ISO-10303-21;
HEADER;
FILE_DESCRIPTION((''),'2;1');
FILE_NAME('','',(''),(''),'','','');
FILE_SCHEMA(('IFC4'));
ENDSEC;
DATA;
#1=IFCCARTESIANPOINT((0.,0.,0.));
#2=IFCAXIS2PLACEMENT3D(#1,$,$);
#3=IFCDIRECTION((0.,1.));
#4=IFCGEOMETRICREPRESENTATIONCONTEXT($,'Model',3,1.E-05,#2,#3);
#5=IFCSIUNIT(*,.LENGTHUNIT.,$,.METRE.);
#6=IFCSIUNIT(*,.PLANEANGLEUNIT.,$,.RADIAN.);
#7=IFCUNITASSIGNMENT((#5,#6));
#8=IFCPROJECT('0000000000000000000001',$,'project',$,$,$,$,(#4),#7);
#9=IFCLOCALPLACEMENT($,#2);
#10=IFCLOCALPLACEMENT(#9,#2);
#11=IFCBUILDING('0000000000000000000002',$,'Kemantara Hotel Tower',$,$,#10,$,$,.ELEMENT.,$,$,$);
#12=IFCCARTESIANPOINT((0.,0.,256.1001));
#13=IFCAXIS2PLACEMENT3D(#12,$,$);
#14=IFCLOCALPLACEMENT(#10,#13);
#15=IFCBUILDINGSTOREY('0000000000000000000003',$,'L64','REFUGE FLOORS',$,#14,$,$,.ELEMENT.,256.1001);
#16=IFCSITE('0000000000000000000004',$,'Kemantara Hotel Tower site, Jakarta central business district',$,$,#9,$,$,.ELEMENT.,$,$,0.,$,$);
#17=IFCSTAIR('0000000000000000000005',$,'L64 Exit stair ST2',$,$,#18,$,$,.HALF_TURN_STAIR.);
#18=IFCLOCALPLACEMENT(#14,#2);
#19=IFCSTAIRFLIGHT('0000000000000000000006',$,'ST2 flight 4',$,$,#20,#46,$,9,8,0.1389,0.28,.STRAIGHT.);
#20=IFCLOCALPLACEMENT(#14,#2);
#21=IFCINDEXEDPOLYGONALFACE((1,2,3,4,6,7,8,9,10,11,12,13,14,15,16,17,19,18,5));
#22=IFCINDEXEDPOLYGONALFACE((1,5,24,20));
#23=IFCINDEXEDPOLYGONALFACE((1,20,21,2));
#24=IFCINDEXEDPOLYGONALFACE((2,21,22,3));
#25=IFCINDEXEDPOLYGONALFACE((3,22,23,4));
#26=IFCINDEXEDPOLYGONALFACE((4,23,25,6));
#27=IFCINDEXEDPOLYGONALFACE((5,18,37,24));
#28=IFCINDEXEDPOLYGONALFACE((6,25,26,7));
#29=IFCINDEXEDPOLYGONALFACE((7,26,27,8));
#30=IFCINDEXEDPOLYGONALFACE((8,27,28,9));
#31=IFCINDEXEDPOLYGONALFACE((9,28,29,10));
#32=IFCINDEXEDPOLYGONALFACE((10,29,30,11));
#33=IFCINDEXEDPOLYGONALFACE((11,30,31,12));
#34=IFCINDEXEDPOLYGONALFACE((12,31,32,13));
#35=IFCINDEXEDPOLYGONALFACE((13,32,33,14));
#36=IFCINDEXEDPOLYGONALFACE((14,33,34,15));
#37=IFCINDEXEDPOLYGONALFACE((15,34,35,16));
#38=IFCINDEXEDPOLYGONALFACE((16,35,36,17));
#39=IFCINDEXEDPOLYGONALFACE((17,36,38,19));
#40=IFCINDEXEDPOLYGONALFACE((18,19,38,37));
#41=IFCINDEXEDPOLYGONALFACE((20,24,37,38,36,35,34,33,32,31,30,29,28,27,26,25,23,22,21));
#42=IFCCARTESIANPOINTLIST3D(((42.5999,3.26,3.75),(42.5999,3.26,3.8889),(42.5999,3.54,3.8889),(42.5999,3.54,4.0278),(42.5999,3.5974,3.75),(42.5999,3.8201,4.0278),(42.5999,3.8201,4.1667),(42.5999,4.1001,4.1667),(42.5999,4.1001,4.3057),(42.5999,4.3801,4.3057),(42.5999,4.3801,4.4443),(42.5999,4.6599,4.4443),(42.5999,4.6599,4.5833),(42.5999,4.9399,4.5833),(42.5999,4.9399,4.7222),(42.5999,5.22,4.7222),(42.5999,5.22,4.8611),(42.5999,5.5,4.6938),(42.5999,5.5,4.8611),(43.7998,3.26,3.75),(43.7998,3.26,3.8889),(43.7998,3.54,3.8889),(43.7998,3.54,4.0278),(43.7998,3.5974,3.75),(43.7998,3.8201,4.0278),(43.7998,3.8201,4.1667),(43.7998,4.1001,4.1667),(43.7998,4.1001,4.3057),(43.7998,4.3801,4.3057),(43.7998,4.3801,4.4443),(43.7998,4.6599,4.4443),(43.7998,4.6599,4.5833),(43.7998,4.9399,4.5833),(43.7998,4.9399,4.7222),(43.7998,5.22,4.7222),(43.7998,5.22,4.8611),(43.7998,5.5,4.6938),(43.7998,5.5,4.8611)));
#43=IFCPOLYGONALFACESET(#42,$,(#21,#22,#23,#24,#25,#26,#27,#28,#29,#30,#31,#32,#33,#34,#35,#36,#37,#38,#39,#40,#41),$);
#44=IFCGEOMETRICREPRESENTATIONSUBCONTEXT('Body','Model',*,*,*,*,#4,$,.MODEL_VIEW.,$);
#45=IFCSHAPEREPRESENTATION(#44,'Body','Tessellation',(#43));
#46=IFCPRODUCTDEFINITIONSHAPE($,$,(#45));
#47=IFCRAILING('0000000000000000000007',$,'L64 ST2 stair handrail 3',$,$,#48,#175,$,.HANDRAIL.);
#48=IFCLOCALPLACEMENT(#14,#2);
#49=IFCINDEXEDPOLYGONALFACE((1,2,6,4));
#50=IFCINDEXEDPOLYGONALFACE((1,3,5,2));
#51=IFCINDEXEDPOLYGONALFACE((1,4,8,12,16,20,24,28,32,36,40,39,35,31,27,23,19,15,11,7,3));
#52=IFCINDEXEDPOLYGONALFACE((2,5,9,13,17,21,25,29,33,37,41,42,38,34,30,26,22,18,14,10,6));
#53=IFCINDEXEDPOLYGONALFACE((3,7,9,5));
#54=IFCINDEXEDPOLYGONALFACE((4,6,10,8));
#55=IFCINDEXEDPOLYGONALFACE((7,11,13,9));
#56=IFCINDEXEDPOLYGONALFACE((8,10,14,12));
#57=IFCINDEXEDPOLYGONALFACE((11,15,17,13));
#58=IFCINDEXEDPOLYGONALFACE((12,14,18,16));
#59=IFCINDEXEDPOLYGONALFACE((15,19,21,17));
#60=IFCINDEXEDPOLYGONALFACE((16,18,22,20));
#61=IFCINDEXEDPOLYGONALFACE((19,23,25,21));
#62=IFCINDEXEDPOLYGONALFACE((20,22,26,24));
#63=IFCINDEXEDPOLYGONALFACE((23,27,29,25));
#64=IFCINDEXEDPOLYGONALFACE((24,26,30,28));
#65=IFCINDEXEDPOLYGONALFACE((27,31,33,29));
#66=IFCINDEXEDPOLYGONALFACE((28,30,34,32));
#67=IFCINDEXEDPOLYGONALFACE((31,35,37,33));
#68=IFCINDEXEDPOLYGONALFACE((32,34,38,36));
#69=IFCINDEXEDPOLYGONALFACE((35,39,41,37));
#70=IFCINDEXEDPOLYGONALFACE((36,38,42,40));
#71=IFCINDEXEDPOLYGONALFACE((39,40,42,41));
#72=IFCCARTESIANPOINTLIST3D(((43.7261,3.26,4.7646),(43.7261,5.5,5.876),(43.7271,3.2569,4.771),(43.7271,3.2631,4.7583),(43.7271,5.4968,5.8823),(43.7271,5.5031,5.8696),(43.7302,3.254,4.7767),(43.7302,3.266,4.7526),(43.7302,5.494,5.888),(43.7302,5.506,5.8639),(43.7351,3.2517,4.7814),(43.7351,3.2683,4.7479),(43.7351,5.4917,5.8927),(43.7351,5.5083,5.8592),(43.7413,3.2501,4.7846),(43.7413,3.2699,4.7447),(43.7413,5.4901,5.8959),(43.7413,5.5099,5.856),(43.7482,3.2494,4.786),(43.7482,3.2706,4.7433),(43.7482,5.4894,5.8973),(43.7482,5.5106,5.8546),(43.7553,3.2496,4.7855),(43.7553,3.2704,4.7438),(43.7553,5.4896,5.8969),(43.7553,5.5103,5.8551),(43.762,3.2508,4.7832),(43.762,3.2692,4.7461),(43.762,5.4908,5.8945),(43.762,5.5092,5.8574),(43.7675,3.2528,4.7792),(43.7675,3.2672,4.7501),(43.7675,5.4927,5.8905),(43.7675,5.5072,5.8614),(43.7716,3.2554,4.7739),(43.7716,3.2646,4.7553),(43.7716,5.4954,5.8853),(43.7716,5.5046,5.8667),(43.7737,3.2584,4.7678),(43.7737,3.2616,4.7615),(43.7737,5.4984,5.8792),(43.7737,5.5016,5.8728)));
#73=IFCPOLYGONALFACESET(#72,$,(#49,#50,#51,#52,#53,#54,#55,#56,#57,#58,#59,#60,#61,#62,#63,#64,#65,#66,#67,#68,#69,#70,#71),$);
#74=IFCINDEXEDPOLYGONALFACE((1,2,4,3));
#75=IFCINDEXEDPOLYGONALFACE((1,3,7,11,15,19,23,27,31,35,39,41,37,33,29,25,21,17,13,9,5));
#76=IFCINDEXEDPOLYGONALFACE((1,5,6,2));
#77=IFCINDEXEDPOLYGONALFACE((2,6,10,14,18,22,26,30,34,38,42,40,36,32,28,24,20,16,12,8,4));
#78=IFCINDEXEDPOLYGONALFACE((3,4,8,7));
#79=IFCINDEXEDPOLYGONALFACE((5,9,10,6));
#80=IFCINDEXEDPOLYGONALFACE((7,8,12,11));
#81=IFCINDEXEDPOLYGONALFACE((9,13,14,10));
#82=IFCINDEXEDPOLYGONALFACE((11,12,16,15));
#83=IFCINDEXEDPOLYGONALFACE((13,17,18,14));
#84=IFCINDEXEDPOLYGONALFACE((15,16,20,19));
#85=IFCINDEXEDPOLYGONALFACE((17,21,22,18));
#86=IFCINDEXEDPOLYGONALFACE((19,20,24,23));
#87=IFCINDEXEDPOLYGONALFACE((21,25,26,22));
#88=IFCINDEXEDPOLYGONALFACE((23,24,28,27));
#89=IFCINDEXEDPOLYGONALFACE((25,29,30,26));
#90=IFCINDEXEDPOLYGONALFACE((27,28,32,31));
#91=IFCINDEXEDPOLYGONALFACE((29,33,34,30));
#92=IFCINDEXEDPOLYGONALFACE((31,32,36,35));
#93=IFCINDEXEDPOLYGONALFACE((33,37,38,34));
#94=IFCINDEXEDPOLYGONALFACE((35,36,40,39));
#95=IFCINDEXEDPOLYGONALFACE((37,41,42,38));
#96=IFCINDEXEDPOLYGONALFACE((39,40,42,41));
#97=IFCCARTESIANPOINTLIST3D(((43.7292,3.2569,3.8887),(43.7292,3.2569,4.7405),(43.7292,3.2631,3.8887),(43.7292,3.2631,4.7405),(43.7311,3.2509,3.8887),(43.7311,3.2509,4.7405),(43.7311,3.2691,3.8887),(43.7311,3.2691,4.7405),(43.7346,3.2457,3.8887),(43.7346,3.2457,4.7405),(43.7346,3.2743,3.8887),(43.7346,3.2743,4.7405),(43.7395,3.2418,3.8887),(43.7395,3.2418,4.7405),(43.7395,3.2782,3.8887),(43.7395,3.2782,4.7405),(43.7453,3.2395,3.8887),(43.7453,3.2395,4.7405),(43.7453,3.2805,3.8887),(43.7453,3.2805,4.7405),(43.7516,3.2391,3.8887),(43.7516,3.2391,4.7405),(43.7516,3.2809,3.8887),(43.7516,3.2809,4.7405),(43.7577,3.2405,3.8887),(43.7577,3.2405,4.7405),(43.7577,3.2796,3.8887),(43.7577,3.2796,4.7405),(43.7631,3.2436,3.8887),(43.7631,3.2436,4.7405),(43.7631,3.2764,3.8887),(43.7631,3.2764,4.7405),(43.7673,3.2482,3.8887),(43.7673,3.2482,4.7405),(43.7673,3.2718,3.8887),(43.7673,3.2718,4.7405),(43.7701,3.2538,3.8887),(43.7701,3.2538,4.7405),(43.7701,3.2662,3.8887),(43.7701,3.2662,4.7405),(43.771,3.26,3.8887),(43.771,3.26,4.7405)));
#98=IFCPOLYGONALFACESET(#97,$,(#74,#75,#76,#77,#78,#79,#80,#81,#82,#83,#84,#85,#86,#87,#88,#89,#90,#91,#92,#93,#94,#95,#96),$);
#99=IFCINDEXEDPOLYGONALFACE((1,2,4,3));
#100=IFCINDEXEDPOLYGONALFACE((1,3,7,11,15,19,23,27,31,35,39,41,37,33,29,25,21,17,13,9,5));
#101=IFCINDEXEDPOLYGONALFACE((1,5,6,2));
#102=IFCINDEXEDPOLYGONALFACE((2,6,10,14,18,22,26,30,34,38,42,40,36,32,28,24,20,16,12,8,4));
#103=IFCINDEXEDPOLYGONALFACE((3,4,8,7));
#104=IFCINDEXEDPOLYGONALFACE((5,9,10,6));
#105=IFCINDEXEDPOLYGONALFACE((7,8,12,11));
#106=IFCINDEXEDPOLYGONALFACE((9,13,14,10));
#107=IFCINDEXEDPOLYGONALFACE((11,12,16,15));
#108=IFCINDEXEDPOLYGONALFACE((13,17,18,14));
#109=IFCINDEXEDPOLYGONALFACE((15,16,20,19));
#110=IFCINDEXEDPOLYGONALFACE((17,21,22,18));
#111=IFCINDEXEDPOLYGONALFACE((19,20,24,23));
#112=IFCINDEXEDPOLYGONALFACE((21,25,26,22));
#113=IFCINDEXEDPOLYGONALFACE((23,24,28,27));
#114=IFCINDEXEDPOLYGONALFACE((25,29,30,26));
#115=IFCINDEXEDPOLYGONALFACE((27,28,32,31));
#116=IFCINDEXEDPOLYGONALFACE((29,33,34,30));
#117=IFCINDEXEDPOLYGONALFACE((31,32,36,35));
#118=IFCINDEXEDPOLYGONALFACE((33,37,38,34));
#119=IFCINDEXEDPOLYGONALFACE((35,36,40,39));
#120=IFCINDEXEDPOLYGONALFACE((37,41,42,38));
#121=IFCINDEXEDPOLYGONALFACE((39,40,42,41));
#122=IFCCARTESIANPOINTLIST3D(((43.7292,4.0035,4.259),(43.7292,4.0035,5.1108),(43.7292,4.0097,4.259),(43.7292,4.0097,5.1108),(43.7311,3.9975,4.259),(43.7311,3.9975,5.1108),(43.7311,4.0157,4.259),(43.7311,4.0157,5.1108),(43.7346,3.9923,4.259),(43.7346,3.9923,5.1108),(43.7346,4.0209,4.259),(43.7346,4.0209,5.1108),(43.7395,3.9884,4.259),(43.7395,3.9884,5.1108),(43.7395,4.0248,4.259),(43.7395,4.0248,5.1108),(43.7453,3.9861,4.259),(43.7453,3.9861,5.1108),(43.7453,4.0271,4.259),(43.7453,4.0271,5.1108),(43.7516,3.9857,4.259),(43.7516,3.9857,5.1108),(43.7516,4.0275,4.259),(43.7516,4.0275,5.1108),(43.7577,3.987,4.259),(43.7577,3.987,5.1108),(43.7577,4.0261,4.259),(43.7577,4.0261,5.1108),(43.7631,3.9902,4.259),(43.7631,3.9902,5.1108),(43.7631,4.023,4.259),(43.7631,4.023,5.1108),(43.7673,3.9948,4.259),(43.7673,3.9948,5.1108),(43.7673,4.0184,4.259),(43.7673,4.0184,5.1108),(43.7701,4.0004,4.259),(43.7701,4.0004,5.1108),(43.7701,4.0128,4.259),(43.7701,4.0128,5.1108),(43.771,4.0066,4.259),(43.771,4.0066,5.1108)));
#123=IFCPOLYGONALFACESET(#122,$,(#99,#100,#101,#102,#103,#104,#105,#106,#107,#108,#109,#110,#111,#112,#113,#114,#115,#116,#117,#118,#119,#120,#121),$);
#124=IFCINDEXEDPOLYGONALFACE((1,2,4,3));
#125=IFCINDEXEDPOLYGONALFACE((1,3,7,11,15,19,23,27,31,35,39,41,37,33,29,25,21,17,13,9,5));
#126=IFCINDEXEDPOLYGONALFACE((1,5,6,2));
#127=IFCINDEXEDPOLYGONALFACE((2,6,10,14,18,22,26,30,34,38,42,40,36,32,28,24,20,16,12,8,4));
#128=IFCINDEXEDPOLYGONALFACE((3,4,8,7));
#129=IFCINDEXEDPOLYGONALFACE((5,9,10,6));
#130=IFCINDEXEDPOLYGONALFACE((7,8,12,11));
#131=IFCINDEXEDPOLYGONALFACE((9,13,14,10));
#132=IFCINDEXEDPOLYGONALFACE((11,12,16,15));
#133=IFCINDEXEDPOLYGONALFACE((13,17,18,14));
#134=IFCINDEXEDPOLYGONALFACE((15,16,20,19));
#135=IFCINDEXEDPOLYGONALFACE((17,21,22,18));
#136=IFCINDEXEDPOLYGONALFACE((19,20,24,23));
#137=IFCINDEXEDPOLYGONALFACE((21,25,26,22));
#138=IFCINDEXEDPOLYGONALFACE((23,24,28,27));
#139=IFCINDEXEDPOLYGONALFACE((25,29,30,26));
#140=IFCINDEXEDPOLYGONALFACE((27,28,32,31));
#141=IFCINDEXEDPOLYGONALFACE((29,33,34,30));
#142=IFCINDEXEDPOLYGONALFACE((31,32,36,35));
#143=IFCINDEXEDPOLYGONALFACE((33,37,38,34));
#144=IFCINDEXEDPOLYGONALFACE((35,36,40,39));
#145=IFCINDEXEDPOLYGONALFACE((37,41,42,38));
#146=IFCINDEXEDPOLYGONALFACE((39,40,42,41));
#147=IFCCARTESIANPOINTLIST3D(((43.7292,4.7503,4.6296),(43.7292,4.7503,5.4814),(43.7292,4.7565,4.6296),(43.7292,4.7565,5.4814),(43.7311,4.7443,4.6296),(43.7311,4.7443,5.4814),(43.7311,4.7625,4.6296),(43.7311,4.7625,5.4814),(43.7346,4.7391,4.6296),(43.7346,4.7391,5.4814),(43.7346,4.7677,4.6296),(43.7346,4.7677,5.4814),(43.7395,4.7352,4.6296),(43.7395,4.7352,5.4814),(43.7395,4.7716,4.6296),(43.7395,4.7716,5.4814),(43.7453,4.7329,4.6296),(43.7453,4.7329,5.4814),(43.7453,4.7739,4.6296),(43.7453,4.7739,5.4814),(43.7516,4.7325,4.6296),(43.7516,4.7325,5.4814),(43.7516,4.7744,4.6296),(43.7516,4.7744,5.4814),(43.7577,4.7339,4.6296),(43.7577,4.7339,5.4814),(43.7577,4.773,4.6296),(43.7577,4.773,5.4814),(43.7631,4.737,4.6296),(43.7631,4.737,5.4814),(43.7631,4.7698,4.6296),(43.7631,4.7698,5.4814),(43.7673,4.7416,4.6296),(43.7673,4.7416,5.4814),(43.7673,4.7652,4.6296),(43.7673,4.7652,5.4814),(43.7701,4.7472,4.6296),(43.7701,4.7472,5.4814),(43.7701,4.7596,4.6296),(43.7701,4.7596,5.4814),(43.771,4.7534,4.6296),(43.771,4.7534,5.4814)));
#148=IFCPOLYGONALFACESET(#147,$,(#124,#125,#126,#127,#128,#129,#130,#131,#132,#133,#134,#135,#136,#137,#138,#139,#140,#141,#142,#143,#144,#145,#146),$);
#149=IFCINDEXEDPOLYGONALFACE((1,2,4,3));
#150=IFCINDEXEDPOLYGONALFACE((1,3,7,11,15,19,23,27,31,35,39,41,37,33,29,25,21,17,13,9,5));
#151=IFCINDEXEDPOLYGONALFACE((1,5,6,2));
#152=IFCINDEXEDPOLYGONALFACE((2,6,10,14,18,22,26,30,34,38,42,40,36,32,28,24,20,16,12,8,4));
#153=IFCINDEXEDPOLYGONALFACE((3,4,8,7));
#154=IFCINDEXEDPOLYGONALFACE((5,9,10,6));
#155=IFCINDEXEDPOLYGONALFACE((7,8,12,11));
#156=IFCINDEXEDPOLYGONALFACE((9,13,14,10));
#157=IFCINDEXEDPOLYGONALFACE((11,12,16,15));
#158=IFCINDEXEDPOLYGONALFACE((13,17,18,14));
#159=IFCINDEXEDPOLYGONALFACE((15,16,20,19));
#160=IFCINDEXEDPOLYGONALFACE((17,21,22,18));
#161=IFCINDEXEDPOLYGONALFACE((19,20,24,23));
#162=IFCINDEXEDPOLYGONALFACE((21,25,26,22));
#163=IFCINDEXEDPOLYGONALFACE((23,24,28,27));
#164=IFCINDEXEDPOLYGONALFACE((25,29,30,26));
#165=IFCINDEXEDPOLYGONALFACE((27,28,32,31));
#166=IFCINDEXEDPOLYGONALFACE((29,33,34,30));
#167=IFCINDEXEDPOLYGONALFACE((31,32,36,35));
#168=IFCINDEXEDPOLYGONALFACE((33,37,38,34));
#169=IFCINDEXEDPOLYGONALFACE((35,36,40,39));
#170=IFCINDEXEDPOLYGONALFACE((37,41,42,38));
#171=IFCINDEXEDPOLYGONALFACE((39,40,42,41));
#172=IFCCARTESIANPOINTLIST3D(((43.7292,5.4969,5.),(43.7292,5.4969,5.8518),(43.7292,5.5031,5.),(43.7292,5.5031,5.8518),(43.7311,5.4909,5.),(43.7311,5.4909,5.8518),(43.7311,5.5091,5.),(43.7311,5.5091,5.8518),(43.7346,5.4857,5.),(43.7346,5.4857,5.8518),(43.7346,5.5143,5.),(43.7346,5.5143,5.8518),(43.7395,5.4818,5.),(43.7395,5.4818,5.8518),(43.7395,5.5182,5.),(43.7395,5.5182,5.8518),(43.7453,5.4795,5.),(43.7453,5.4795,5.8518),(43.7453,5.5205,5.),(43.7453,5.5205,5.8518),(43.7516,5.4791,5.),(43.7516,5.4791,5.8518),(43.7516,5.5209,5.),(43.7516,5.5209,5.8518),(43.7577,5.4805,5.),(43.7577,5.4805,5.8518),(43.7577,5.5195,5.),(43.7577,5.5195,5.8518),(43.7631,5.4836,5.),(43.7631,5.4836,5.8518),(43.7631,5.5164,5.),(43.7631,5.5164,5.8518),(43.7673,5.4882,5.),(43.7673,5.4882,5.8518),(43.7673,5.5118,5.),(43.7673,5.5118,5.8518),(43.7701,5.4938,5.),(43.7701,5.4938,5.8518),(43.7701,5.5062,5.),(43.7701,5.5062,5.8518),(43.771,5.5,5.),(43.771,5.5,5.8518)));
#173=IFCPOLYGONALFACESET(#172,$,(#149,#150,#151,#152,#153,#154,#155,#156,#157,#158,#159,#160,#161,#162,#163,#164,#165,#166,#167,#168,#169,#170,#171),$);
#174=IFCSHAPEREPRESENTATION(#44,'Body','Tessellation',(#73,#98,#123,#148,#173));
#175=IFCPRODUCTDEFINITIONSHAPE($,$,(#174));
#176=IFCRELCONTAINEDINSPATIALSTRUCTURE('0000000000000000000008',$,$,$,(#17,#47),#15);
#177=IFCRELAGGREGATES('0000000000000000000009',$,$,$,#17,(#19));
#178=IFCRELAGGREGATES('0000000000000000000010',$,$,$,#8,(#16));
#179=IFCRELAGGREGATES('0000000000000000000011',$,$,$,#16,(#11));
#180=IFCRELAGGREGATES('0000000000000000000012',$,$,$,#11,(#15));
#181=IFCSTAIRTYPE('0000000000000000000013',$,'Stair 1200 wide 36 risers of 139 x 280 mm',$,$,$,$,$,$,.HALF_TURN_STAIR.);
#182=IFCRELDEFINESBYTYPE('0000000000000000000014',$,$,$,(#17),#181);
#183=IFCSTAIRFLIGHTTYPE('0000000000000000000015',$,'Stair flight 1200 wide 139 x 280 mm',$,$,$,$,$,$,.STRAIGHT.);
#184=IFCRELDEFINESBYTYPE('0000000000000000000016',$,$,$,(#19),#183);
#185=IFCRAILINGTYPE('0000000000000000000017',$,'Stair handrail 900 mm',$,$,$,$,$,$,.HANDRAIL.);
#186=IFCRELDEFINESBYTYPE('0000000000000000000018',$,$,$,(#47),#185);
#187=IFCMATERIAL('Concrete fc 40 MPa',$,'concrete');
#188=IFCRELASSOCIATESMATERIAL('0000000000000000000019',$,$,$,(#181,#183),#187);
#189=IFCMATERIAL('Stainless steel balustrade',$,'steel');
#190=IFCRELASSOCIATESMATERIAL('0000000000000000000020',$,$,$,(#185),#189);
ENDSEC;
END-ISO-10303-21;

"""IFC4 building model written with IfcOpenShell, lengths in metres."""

from ifc_helpers import new_model, si_unit, direction, frame, origin, origin_2d, place, context, subcontext, project, spatial, polyline, circle, outline, extrude, material, type_object, element, aggregate, save


model = new_model("IFC4")

# Units and contexts
model_context = context("Model", 3, precision=1e-05, world=origin(), true_north=direction((0.0, 1.0)))
body_context = subcontext(model_context, "Body", "Model", "MODEL_VIEW")
ifc_project = project(units=[si_unit("LENGTHUNIT", "METRE"), si_unit("PLANEANGLEUNIT", "RADIAN")], contexts=[model_context])

# Site, building, storey
site_placement = place(None, origin())
site = spatial("IfcSite", under=ifc_project, at=site_placement, Name="Kemantara Hotel Tower site, Jakarta central business district", CompositionType="ELEMENT", RefElevation=0.0)
building_placement = place(site_placement, origin())
building = spatial("IfcBuilding", under=site, at=building_placement, Name="Kemantara Hotel Tower", CompositionType="ELEMENT")
storey_placement = place(building_placement, frame((0.0, 0.0, 256.1001)))
storey = spatial("IfcBuildingStorey", under=building, at=storey_placement, Name="L64", Description="REFUGE FLOORS", CompositionType="ELEMENT", Elevation=256.1001)

# Stair, stair flight
ifc_material_1 = material(Name="Concrete fc 40 MPa", Category="concrete")
stair_type = type_object("IfcStairType", Name="Stair 1200 wide 36 risers of 139 x 280 mm", PredefinedType="HALF_TURN_STAIR", material=ifc_material_1)
stair_placement = place(storey_placement, origin())
stair = element("IfcStair", 1, at=stair_placement, inside=storey, type_object=stair_type, Name="L64 Exit stair ST2", PredefinedType="HALF_TURN_STAIR")
stair_flight_type = type_object("IfcStairFlightType", Name="Stair flight 1200 wide 139 x 280 mm", PredefinedType="STRAIGHT", material=ifc_material_1)
stair_flight_placement = place(storey_placement, frame((43.2, 3.26, 3.75), z_axis=(0.0, 0.0, 1.0), x_axis=(0.0, 1.0, 0.0)))
stair_flight = element("IfcStairFlight", 2, at=stair_flight_placement, type_object=stair_flight_type, Name="ST2 flight 4", NumberOfRisers=9, NumberOfTreads=8, PredefinedType="STRAIGHT", RiserHeight=0.1389, TreadLength=0.28, context=body_context, shape_type="SweptSolid", body=[
    extrude(outline(polyline([(0.0, 0.0), (0.0, 0.1389), (0.28, 0.1389), (0.28, 0.2778), (0.5601, 0.2778), (0.5601, 0.4167), (0.8401, 0.4167), (0.8401, 0.5557), (1.1201, 0.5557), (1.1201, 0.6943), (1.3999, 0.6943), (1.3999, 0.8333), (1.6799, 0.8333), (1.6799, 0.9722), (1.96, 0.9722), (1.96, 1.1111), (2.24, 1.1111), (2.24, 1.25), (2.24, 0.9438), (0.3374, 0.0), (0.0, 0.0)])), frame((0.0, 0.6001, 0.0), z_axis=(0.0, -1.0, 0.0), x_axis=(1.0, 0.0, 0.0)), (0.0, 0.0, 1.0), 1.2),
])
aggregate(stair, [stair_flight])

# Railing
ifc_material_2 = material(Name="Stainless steel balustrade", Category="steel")
railing_type = type_object("IfcRailingType", Name="Stair handrail 900 mm", PredefinedType="HANDRAIL", material=ifc_material_2)
railing_1_placement = place(storey_placement, frame((43.75, 3.26, 3.8887)))
element("IfcRailing", 3, at=railing_1_placement, inside=storey, type_object=railing_type, Name="L64 ST2 stair handrail 3", PredefinedType="HANDRAIL", context=body_context, shape_type="SweptSolid", body=[
    extrude(circle(Radius=0.0239, at=origin_2d()), frame((0.0, 0.0, 0.876), z_axis=(0.0, 0.895809, 0.444439), x_axis=(-1.0, 0.0, 0.0)), (0.0, 0.0, 1.0), 2.5005),
    extrude(circle(Radius=0.021, at=origin_2d()), origin(), (0.0, 0.0, 1.0), 0.8518),
    extrude(circle(Radius=0.021, at=origin_2d()), frame((0.0, 0.7466, 0.3704)), (0.0, 0.0, 1.0), 0.8518),
    extrude(circle(Radius=0.021, at=origin_2d()), frame((0.0, 1.4934, 0.741)), (0.0, 0.0, 1.0), 0.8518),
    extrude(circle(Radius=0.021, at=origin_2d()), frame((0.0, 2.24, 1.1113)), (0.0, 0.0, 1.0), 0.8518),
])

save(model, "model.ifc")
